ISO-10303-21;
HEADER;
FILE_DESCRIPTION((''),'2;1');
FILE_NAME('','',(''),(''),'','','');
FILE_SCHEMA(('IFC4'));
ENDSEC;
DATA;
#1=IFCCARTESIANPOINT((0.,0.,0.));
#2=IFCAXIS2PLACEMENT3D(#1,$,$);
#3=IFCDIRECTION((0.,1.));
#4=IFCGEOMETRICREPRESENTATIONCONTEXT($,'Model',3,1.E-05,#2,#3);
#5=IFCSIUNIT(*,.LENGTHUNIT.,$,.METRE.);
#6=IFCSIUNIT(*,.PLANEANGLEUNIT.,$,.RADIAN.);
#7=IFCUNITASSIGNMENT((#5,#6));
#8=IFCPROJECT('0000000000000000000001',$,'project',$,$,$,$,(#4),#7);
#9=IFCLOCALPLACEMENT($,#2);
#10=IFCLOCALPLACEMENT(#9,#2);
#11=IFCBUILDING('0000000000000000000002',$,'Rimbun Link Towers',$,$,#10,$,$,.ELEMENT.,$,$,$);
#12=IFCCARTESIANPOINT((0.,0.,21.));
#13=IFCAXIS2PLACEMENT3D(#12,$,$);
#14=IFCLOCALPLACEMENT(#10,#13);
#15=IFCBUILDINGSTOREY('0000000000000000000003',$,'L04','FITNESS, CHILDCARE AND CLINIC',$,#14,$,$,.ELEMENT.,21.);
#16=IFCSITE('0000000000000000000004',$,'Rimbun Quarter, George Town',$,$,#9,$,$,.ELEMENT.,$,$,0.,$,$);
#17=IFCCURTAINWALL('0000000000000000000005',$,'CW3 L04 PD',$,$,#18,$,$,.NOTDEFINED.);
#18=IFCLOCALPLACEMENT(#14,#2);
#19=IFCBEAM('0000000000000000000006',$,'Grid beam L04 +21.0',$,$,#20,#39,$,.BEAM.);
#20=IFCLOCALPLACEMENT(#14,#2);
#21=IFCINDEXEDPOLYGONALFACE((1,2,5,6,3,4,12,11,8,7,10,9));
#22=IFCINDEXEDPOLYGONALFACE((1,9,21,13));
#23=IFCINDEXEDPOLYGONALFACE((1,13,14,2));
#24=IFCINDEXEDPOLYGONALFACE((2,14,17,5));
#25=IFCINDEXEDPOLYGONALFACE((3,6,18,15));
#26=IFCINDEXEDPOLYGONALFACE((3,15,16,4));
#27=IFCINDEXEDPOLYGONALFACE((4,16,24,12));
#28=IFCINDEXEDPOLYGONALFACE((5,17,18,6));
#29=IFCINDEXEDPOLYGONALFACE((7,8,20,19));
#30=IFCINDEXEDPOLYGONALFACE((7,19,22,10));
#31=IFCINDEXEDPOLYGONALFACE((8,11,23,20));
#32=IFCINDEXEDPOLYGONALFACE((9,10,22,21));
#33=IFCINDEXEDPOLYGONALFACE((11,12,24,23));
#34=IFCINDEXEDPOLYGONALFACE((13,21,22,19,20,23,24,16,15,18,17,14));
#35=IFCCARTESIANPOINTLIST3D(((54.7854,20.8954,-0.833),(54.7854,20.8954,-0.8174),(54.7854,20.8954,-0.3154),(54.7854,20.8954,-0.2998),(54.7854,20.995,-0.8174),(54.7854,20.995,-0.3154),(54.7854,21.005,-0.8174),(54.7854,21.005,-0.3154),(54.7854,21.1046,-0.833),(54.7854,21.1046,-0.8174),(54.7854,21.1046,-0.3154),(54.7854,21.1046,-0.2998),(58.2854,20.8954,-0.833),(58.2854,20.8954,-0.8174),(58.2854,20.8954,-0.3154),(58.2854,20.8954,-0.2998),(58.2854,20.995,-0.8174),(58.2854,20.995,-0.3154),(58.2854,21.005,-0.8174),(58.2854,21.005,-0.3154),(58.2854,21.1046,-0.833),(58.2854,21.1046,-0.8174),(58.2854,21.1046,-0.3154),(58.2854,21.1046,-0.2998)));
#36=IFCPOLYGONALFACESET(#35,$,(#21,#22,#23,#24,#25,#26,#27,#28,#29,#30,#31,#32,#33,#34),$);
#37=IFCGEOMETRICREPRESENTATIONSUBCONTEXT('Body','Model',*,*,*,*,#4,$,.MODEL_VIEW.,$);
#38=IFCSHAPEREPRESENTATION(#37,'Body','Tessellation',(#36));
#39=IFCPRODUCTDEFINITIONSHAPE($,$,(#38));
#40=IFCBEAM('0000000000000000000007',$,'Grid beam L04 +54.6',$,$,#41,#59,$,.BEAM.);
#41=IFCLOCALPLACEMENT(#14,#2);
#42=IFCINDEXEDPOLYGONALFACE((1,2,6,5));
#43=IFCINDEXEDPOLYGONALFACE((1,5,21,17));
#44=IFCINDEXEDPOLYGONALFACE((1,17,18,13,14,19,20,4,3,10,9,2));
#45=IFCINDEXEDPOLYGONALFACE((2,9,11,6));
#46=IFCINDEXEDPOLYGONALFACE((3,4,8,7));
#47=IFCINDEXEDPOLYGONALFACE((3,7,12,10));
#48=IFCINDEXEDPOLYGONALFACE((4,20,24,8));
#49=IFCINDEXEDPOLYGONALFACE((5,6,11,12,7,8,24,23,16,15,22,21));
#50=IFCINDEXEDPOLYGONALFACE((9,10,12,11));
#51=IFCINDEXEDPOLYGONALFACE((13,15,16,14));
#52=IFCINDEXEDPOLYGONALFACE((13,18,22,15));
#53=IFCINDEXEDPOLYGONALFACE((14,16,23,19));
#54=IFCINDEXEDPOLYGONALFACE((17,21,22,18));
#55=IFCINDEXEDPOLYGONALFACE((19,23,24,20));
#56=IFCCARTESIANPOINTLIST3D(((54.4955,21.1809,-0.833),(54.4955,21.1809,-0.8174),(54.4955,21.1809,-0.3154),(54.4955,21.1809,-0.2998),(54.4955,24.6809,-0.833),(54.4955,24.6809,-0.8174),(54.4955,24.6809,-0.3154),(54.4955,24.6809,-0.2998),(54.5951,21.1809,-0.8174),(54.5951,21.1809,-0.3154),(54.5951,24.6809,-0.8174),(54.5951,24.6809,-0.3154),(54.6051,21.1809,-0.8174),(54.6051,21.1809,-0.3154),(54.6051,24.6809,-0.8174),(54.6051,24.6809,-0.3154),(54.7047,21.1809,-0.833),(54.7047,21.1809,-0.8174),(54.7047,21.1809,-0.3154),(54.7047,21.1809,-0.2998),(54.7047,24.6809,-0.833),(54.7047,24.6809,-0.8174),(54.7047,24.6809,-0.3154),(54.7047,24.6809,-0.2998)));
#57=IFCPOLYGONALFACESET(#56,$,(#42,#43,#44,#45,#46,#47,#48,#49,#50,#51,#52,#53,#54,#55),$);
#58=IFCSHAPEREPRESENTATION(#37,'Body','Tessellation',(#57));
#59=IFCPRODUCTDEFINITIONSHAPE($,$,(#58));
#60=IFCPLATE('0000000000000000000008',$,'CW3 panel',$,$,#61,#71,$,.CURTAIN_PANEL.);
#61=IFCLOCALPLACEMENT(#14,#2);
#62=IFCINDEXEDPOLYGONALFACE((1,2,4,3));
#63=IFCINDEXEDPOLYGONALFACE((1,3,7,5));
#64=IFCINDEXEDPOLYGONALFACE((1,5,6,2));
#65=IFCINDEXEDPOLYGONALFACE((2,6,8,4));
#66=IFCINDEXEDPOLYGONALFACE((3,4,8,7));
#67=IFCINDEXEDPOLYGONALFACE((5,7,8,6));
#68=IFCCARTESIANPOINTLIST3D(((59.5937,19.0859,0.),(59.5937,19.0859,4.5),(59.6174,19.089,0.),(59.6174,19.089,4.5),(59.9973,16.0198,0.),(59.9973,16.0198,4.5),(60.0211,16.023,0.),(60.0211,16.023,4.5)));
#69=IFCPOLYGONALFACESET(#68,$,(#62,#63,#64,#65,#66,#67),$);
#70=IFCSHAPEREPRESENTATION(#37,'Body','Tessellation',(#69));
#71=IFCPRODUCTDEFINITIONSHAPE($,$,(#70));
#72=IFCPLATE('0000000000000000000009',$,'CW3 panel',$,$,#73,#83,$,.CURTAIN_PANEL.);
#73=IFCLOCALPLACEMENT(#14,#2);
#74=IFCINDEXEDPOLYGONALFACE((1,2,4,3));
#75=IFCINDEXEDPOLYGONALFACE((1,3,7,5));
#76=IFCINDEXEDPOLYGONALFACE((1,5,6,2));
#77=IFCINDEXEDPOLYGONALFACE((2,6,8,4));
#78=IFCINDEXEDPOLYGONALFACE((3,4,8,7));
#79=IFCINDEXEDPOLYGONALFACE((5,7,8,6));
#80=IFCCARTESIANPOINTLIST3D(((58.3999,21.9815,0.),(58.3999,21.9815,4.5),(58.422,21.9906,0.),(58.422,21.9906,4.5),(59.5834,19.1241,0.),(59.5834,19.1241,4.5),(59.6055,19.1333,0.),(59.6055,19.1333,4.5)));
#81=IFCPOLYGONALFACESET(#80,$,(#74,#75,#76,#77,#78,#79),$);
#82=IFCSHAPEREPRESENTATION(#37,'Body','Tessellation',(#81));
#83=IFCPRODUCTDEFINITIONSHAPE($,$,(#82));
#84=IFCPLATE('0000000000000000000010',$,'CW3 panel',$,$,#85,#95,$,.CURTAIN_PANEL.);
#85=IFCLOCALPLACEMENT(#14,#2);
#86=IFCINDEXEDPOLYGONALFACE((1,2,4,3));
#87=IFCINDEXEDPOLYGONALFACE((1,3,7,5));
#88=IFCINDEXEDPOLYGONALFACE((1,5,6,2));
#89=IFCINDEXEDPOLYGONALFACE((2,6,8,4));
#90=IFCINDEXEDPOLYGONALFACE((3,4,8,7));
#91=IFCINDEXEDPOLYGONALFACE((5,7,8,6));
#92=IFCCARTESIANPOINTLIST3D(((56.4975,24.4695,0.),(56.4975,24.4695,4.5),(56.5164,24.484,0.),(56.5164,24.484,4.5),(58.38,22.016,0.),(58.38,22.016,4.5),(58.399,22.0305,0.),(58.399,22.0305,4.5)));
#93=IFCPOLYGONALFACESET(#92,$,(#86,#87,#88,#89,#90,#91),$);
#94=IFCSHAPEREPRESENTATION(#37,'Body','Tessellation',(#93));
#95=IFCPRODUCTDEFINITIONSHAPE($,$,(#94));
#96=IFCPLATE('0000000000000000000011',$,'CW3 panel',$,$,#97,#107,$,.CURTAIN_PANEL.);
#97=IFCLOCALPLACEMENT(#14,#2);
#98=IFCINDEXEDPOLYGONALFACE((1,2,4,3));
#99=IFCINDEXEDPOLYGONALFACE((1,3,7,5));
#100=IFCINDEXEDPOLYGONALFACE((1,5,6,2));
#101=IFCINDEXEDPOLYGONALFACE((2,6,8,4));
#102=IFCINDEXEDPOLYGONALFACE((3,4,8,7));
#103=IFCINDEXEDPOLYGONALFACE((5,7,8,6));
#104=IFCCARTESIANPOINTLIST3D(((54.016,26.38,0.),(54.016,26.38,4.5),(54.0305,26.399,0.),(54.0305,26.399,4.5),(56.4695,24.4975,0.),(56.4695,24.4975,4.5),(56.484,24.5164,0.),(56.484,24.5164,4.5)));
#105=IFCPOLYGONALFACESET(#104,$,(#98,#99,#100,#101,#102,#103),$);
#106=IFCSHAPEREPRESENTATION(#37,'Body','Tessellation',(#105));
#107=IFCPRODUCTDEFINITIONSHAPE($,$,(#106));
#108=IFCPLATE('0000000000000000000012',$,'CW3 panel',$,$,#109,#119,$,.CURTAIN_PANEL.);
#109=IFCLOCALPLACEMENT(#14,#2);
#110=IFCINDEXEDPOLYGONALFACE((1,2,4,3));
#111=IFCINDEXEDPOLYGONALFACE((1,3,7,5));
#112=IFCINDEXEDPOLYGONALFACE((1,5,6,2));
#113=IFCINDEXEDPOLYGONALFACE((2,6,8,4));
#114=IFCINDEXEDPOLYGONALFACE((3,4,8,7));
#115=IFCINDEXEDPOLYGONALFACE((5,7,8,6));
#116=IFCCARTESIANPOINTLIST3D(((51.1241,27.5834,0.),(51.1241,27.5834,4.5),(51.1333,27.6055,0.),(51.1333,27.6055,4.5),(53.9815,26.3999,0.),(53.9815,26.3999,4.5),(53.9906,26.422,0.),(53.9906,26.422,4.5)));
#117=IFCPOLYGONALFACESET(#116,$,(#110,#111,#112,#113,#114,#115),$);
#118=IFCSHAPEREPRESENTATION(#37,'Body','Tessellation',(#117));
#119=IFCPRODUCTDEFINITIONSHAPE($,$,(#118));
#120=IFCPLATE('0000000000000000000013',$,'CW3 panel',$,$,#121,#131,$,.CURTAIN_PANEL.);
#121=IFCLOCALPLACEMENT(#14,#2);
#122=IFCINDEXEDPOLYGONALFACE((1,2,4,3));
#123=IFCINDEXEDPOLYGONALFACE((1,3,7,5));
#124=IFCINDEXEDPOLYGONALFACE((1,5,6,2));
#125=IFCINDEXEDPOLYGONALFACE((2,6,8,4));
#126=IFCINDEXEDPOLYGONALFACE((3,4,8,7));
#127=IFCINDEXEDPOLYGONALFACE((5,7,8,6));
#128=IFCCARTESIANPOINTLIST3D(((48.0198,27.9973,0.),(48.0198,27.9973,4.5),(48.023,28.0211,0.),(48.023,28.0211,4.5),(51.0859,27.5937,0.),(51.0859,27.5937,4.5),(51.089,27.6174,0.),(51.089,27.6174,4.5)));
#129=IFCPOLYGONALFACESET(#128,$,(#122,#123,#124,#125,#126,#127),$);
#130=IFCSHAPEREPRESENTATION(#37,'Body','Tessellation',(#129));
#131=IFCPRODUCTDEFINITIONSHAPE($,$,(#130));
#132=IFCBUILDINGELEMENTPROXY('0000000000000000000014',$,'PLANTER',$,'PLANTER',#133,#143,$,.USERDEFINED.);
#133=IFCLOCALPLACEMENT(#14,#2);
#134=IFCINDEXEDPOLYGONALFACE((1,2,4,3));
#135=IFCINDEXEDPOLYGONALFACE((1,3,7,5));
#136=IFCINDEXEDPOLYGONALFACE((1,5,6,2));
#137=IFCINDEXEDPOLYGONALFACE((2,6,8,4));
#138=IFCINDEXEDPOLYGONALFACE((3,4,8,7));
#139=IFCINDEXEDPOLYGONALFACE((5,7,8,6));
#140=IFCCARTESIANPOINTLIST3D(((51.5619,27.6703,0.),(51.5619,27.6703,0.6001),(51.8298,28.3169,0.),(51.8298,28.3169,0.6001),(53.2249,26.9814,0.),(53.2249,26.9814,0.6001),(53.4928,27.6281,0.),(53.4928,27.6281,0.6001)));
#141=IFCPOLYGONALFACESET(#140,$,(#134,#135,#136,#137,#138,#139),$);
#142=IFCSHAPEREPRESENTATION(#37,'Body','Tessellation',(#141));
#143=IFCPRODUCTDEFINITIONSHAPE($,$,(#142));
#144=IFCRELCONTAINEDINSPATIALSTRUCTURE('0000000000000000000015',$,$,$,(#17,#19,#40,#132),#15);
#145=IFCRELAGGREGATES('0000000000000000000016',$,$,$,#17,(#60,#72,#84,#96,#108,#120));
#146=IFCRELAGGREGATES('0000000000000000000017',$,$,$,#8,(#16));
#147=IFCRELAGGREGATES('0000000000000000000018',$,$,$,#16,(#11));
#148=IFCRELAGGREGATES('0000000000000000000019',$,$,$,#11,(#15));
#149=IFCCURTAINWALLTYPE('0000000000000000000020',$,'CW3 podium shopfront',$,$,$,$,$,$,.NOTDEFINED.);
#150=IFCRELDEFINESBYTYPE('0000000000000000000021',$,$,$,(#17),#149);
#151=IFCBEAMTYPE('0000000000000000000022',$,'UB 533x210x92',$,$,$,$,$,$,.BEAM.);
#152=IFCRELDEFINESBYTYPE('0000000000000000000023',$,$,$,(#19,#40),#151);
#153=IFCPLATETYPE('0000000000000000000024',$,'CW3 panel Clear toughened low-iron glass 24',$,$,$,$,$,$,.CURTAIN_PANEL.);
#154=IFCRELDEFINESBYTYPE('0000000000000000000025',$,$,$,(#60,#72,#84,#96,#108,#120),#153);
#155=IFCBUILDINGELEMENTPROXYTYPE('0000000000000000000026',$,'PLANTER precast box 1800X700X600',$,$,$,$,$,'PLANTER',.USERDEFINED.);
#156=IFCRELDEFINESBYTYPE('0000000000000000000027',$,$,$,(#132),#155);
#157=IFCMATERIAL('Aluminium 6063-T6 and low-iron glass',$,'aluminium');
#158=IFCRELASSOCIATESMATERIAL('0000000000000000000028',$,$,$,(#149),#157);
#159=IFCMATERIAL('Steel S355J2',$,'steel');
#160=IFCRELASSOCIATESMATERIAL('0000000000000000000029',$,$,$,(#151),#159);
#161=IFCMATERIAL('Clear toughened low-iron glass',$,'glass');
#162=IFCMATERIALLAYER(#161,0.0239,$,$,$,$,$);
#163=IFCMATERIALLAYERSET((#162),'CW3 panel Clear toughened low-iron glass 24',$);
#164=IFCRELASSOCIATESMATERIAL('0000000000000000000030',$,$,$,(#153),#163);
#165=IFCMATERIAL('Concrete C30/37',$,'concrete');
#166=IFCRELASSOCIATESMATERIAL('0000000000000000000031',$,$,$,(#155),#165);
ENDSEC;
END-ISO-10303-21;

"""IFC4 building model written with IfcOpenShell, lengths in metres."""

from ifc_helpers import new_model, si_unit, direction, frame, origin, origin_2d, place, context, subcontext, project, spatial, rectangle, i_section, extrude, material, layer, layer_set, material_profile, profile_set, type_object, element, aggregate, save


model = new_model("IFC4")

# Units and contexts
model_context = context("Model", 3, precision=1e-05, world=origin(), true_north=direction((0.0, 1.0)))
body_context = subcontext(model_context, "Body", "Model", "MODEL_VIEW")
ifc_project = project(units=[si_unit("LENGTHUNIT", "METRE"), si_unit("PLANEANGLEUNIT", "RADIAN")], contexts=[model_context])

# Site, building, storey
site_placement = place(None, origin())
site = spatial("IfcSite", under=ifc_project, at=site_placement, Name="Rimbun Quarter, George Town", CompositionType="ELEMENT", RefElevation=0.0)
building_placement = place(site_placement, origin())
building = spatial("IfcBuilding", under=site, at=building_placement, Name="Rimbun Link Towers", CompositionType="ELEMENT")
storey_placement = place(building_placement, frame((0.0, 0.0, 21.0)))
storey = spatial("IfcBuildingStorey", under=building, at=storey_placement, Name="L04", Description="FITNESS, CHILDCARE AND CLINIC", CompositionType="ELEMENT", Elevation=21.0)

# Curtain wall
ifc_material_1 = material(Name="Aluminium 6063-T6 and low-iron glass", Category="aluminium")
curtain_wall_type = type_object("IfcCurtainWallType", Name="CW3 podium shopfront", PredefinedType="NOTDEFINED", material=ifc_material_1)
curtain_wall_placement = place(storey_placement, origin())
curtain_wall = element("IfcCurtainWall", 1, at=curtain_wall_placement, inside=storey, type_object=curtain_wall_type, Name="CW3 L04 PD", PredefinedType="NOTDEFINED")

# Beams
ifc_material_2 = material(Name="Steel S355J2", Category="steel")
ifc_material_profile_1 = material_profile(ifc_material_2, i_section(OverallWidth=0.2092, OverallDepth=0.5332, WebThickness=0.01, FlangeThickness=0.0156, at=origin_2d()), Name="UB 533x210x92")
ifc_profile_set_1 = profile_set([ifc_material_profile_1], Name="Steel S355J2")
beam_type = type_object("IfcBeamType", Name="UB 533x210x92", PredefinedType="BEAM", material=ifc_profile_set_1)
for number, where, z_axis, x_axis, name in (
    (2, (54.7854, 21.0, -0.5664), (1.0, 0.0, 0.0), (0.0, 1.0, 0.0), "Grid beam L04 +21.0"),
    (3, (54.6001, 21.1809, -0.5664), (0.0, 1.0, 0.0), (-1.0, 0.0, 0.0), "Grid beam L04 +54.6"),
):
    element("IfcBeam", number, at=place(storey_placement, frame(where, z_axis=z_axis, x_axis=x_axis)), inside=storey, type_object=beam_type, Name=name, PredefinedType="BEAM", context=body_context, shape_type="SweptSolid", body=[
        extrude(i_section(OverallWidth=0.2092, OverallDepth=0.5332, WebThickness=0.01, FlangeThickness=0.0156, at=origin_2d()), origin(), (0.0, 0.0, 1.0), 3.5),
    ])

# Plates
ifc_material_3 = material(Name="Clear toughened low-iron glass", Category="glass")
ifc_layer = layer(ifc_material_3, 0.0239)
ifc_layer_set = layer_set([ifc_layer], Name="CW3 panel Clear toughened low-iron glass 24")
plate_type = type_object("IfcPlateType", Name="CW3 panel Clear toughened low-iron glass 24", PredefinedType="CURTAIN_PANEL", material=ifc_layer_set)
plate_1_placement = place(storey_placement, frame((59.8074, 17.5544, 0.0), z_axis=(0.0, 0.0, 1.0), x_axis=(0.13053, -0.991444, 0.0)))
plate_1 = element("IfcPlate", 4, at=plate_1_placement, type_object=plate_type, Name="CW3 panel", PredefinedType="CURTAIN_PANEL", context=body_context, shape_type="SweptSolid", body=[
    extrude(rectangle(XDim=3.0925, YDim=0.0239, at=origin_2d()), origin(), (0.0, 0.0, 1.0), 4.5),
])
plate_2_placement = place(storey_placement, frame((59.0027, 20.5574, 0.0), z_axis=(0.0, 0.0, 1.0), x_axis=(0.382679, -0.923881, 0.0)))
plate_2 = element("IfcPlate", 5, at=plate_2_placement, type_object=plate_type, Name="CW3 panel", PredefinedType="CURTAIN_PANEL", context=body_context, shape_type="SweptSolid", body=[
    extrude(rectangle(XDim=3.0928, YDim=0.0239, at=origin_2d()), origin(), (0.0, 0.0, 1.0), 4.5),
])
plate_3_placement = place(storey_placement, frame((57.4482, 23.25, 0.0), z_axis=(0.0, 0.0, 1.0), x_axis=(0.608754, -0.793359, 0.0)))
plate_3 = element("IfcPlate", 6, at=plate_3_placement, type_object=plate_type, Name="CW3 panel", PredefinedType="CURTAIN_PANEL", context=body_context, shape_type="SweptSolid", body=[
    extrude(rectangle(XDim=3.0925, YDim=0.0239, at=origin_2d()), origin(), (0.0, 0.0, 1.0), 4.5),
])
plate_4_placement = place(storey_placement, frame((55.25, 25.4482, 0.0), z_axis=(0.0, 0.0, 1.0), x_axis=(0.793359, -0.608754, 0.0)))
plate_4 = element("IfcPlate", 7, at=plate_4_placement, type_object=plate_type, Name="CW3 panel", PredefinedType="CURTAIN_PANEL", context=body_context, shape_type="SweptSolid", body=[
    extrude(rectangle(XDim=3.0925, YDim=0.0239, at=origin_2d()), origin(), (0.0, 0.0, 1.0), 4.5),
])
plate_5_placement = place(storey_placement, frame((52.5574, 27.0027, 0.0), z_axis=(0.0, 0.0, 1.0), x_axis=(0.923881, -0.382679, 0.0)))
plate_5 = element("IfcPlate", 8, at=plate_5_placement, type_object=plate_type, Name="CW3 panel", PredefinedType="CURTAIN_PANEL", context=body_context, shape_type="SweptSolid", body=[
    extrude(rectangle(XDim=3.0928, YDim=0.0239, at=origin_2d()), origin(), (0.0, 0.0, 1.0), 4.5),
])
plate_6_placement = place(storey_placement, frame((49.5544, 27.8074, 0.0), z_axis=(0.0, 0.0, 1.0), x_axis=(0.991444, -0.13053, 0.0)))
plate_6 = element("IfcPlate", 9, at=plate_6_placement, type_object=plate_type, Name="CW3 panel", PredefinedType="CURTAIN_PANEL", context=body_context, shape_type="SweptSolid", body=[
    extrude(rectangle(XDim=3.0925, YDim=0.0239, at=origin_2d()), origin(), (0.0, 0.0, 1.0), 4.5),
])
aggregate(curtain_wall, [plate_1, plate_2, plate_3, plate_4, plate_5, plate_6])

# Building element proxy
ifc_material_4 = material(Name="Concrete C30/37", Category="concrete")
building_element_proxy_type = type_object("IfcBuildingElementProxyType", Name="PLANTER precast box 1800X700X600", ElementType="PLANTER", PredefinedType="USERDEFINED", material=ifc_material_4)
proxy_placement = place(storey_placement, frame((52.5273, 27.6492, 0.0), z_axis=(0.0, 0.0, 1.0), x_axis=(-0.923881, 0.382679, 0.0)))
element("IfcBuildingElementProxy", 10, at=proxy_placement, inside=storey, type_object=building_element_proxy_type, Name="PLANTER", ObjectType="PLANTER", PredefinedType="USERDEFINED", context=body_context, shape_type="SweptSolid", body=[
    extrude(rectangle(XDim=1.8, YDim=0.7, at=origin_2d()), origin(), (0.0, 0.0, 1.0), 0.6001),
])

save(model, "model.ifc")
